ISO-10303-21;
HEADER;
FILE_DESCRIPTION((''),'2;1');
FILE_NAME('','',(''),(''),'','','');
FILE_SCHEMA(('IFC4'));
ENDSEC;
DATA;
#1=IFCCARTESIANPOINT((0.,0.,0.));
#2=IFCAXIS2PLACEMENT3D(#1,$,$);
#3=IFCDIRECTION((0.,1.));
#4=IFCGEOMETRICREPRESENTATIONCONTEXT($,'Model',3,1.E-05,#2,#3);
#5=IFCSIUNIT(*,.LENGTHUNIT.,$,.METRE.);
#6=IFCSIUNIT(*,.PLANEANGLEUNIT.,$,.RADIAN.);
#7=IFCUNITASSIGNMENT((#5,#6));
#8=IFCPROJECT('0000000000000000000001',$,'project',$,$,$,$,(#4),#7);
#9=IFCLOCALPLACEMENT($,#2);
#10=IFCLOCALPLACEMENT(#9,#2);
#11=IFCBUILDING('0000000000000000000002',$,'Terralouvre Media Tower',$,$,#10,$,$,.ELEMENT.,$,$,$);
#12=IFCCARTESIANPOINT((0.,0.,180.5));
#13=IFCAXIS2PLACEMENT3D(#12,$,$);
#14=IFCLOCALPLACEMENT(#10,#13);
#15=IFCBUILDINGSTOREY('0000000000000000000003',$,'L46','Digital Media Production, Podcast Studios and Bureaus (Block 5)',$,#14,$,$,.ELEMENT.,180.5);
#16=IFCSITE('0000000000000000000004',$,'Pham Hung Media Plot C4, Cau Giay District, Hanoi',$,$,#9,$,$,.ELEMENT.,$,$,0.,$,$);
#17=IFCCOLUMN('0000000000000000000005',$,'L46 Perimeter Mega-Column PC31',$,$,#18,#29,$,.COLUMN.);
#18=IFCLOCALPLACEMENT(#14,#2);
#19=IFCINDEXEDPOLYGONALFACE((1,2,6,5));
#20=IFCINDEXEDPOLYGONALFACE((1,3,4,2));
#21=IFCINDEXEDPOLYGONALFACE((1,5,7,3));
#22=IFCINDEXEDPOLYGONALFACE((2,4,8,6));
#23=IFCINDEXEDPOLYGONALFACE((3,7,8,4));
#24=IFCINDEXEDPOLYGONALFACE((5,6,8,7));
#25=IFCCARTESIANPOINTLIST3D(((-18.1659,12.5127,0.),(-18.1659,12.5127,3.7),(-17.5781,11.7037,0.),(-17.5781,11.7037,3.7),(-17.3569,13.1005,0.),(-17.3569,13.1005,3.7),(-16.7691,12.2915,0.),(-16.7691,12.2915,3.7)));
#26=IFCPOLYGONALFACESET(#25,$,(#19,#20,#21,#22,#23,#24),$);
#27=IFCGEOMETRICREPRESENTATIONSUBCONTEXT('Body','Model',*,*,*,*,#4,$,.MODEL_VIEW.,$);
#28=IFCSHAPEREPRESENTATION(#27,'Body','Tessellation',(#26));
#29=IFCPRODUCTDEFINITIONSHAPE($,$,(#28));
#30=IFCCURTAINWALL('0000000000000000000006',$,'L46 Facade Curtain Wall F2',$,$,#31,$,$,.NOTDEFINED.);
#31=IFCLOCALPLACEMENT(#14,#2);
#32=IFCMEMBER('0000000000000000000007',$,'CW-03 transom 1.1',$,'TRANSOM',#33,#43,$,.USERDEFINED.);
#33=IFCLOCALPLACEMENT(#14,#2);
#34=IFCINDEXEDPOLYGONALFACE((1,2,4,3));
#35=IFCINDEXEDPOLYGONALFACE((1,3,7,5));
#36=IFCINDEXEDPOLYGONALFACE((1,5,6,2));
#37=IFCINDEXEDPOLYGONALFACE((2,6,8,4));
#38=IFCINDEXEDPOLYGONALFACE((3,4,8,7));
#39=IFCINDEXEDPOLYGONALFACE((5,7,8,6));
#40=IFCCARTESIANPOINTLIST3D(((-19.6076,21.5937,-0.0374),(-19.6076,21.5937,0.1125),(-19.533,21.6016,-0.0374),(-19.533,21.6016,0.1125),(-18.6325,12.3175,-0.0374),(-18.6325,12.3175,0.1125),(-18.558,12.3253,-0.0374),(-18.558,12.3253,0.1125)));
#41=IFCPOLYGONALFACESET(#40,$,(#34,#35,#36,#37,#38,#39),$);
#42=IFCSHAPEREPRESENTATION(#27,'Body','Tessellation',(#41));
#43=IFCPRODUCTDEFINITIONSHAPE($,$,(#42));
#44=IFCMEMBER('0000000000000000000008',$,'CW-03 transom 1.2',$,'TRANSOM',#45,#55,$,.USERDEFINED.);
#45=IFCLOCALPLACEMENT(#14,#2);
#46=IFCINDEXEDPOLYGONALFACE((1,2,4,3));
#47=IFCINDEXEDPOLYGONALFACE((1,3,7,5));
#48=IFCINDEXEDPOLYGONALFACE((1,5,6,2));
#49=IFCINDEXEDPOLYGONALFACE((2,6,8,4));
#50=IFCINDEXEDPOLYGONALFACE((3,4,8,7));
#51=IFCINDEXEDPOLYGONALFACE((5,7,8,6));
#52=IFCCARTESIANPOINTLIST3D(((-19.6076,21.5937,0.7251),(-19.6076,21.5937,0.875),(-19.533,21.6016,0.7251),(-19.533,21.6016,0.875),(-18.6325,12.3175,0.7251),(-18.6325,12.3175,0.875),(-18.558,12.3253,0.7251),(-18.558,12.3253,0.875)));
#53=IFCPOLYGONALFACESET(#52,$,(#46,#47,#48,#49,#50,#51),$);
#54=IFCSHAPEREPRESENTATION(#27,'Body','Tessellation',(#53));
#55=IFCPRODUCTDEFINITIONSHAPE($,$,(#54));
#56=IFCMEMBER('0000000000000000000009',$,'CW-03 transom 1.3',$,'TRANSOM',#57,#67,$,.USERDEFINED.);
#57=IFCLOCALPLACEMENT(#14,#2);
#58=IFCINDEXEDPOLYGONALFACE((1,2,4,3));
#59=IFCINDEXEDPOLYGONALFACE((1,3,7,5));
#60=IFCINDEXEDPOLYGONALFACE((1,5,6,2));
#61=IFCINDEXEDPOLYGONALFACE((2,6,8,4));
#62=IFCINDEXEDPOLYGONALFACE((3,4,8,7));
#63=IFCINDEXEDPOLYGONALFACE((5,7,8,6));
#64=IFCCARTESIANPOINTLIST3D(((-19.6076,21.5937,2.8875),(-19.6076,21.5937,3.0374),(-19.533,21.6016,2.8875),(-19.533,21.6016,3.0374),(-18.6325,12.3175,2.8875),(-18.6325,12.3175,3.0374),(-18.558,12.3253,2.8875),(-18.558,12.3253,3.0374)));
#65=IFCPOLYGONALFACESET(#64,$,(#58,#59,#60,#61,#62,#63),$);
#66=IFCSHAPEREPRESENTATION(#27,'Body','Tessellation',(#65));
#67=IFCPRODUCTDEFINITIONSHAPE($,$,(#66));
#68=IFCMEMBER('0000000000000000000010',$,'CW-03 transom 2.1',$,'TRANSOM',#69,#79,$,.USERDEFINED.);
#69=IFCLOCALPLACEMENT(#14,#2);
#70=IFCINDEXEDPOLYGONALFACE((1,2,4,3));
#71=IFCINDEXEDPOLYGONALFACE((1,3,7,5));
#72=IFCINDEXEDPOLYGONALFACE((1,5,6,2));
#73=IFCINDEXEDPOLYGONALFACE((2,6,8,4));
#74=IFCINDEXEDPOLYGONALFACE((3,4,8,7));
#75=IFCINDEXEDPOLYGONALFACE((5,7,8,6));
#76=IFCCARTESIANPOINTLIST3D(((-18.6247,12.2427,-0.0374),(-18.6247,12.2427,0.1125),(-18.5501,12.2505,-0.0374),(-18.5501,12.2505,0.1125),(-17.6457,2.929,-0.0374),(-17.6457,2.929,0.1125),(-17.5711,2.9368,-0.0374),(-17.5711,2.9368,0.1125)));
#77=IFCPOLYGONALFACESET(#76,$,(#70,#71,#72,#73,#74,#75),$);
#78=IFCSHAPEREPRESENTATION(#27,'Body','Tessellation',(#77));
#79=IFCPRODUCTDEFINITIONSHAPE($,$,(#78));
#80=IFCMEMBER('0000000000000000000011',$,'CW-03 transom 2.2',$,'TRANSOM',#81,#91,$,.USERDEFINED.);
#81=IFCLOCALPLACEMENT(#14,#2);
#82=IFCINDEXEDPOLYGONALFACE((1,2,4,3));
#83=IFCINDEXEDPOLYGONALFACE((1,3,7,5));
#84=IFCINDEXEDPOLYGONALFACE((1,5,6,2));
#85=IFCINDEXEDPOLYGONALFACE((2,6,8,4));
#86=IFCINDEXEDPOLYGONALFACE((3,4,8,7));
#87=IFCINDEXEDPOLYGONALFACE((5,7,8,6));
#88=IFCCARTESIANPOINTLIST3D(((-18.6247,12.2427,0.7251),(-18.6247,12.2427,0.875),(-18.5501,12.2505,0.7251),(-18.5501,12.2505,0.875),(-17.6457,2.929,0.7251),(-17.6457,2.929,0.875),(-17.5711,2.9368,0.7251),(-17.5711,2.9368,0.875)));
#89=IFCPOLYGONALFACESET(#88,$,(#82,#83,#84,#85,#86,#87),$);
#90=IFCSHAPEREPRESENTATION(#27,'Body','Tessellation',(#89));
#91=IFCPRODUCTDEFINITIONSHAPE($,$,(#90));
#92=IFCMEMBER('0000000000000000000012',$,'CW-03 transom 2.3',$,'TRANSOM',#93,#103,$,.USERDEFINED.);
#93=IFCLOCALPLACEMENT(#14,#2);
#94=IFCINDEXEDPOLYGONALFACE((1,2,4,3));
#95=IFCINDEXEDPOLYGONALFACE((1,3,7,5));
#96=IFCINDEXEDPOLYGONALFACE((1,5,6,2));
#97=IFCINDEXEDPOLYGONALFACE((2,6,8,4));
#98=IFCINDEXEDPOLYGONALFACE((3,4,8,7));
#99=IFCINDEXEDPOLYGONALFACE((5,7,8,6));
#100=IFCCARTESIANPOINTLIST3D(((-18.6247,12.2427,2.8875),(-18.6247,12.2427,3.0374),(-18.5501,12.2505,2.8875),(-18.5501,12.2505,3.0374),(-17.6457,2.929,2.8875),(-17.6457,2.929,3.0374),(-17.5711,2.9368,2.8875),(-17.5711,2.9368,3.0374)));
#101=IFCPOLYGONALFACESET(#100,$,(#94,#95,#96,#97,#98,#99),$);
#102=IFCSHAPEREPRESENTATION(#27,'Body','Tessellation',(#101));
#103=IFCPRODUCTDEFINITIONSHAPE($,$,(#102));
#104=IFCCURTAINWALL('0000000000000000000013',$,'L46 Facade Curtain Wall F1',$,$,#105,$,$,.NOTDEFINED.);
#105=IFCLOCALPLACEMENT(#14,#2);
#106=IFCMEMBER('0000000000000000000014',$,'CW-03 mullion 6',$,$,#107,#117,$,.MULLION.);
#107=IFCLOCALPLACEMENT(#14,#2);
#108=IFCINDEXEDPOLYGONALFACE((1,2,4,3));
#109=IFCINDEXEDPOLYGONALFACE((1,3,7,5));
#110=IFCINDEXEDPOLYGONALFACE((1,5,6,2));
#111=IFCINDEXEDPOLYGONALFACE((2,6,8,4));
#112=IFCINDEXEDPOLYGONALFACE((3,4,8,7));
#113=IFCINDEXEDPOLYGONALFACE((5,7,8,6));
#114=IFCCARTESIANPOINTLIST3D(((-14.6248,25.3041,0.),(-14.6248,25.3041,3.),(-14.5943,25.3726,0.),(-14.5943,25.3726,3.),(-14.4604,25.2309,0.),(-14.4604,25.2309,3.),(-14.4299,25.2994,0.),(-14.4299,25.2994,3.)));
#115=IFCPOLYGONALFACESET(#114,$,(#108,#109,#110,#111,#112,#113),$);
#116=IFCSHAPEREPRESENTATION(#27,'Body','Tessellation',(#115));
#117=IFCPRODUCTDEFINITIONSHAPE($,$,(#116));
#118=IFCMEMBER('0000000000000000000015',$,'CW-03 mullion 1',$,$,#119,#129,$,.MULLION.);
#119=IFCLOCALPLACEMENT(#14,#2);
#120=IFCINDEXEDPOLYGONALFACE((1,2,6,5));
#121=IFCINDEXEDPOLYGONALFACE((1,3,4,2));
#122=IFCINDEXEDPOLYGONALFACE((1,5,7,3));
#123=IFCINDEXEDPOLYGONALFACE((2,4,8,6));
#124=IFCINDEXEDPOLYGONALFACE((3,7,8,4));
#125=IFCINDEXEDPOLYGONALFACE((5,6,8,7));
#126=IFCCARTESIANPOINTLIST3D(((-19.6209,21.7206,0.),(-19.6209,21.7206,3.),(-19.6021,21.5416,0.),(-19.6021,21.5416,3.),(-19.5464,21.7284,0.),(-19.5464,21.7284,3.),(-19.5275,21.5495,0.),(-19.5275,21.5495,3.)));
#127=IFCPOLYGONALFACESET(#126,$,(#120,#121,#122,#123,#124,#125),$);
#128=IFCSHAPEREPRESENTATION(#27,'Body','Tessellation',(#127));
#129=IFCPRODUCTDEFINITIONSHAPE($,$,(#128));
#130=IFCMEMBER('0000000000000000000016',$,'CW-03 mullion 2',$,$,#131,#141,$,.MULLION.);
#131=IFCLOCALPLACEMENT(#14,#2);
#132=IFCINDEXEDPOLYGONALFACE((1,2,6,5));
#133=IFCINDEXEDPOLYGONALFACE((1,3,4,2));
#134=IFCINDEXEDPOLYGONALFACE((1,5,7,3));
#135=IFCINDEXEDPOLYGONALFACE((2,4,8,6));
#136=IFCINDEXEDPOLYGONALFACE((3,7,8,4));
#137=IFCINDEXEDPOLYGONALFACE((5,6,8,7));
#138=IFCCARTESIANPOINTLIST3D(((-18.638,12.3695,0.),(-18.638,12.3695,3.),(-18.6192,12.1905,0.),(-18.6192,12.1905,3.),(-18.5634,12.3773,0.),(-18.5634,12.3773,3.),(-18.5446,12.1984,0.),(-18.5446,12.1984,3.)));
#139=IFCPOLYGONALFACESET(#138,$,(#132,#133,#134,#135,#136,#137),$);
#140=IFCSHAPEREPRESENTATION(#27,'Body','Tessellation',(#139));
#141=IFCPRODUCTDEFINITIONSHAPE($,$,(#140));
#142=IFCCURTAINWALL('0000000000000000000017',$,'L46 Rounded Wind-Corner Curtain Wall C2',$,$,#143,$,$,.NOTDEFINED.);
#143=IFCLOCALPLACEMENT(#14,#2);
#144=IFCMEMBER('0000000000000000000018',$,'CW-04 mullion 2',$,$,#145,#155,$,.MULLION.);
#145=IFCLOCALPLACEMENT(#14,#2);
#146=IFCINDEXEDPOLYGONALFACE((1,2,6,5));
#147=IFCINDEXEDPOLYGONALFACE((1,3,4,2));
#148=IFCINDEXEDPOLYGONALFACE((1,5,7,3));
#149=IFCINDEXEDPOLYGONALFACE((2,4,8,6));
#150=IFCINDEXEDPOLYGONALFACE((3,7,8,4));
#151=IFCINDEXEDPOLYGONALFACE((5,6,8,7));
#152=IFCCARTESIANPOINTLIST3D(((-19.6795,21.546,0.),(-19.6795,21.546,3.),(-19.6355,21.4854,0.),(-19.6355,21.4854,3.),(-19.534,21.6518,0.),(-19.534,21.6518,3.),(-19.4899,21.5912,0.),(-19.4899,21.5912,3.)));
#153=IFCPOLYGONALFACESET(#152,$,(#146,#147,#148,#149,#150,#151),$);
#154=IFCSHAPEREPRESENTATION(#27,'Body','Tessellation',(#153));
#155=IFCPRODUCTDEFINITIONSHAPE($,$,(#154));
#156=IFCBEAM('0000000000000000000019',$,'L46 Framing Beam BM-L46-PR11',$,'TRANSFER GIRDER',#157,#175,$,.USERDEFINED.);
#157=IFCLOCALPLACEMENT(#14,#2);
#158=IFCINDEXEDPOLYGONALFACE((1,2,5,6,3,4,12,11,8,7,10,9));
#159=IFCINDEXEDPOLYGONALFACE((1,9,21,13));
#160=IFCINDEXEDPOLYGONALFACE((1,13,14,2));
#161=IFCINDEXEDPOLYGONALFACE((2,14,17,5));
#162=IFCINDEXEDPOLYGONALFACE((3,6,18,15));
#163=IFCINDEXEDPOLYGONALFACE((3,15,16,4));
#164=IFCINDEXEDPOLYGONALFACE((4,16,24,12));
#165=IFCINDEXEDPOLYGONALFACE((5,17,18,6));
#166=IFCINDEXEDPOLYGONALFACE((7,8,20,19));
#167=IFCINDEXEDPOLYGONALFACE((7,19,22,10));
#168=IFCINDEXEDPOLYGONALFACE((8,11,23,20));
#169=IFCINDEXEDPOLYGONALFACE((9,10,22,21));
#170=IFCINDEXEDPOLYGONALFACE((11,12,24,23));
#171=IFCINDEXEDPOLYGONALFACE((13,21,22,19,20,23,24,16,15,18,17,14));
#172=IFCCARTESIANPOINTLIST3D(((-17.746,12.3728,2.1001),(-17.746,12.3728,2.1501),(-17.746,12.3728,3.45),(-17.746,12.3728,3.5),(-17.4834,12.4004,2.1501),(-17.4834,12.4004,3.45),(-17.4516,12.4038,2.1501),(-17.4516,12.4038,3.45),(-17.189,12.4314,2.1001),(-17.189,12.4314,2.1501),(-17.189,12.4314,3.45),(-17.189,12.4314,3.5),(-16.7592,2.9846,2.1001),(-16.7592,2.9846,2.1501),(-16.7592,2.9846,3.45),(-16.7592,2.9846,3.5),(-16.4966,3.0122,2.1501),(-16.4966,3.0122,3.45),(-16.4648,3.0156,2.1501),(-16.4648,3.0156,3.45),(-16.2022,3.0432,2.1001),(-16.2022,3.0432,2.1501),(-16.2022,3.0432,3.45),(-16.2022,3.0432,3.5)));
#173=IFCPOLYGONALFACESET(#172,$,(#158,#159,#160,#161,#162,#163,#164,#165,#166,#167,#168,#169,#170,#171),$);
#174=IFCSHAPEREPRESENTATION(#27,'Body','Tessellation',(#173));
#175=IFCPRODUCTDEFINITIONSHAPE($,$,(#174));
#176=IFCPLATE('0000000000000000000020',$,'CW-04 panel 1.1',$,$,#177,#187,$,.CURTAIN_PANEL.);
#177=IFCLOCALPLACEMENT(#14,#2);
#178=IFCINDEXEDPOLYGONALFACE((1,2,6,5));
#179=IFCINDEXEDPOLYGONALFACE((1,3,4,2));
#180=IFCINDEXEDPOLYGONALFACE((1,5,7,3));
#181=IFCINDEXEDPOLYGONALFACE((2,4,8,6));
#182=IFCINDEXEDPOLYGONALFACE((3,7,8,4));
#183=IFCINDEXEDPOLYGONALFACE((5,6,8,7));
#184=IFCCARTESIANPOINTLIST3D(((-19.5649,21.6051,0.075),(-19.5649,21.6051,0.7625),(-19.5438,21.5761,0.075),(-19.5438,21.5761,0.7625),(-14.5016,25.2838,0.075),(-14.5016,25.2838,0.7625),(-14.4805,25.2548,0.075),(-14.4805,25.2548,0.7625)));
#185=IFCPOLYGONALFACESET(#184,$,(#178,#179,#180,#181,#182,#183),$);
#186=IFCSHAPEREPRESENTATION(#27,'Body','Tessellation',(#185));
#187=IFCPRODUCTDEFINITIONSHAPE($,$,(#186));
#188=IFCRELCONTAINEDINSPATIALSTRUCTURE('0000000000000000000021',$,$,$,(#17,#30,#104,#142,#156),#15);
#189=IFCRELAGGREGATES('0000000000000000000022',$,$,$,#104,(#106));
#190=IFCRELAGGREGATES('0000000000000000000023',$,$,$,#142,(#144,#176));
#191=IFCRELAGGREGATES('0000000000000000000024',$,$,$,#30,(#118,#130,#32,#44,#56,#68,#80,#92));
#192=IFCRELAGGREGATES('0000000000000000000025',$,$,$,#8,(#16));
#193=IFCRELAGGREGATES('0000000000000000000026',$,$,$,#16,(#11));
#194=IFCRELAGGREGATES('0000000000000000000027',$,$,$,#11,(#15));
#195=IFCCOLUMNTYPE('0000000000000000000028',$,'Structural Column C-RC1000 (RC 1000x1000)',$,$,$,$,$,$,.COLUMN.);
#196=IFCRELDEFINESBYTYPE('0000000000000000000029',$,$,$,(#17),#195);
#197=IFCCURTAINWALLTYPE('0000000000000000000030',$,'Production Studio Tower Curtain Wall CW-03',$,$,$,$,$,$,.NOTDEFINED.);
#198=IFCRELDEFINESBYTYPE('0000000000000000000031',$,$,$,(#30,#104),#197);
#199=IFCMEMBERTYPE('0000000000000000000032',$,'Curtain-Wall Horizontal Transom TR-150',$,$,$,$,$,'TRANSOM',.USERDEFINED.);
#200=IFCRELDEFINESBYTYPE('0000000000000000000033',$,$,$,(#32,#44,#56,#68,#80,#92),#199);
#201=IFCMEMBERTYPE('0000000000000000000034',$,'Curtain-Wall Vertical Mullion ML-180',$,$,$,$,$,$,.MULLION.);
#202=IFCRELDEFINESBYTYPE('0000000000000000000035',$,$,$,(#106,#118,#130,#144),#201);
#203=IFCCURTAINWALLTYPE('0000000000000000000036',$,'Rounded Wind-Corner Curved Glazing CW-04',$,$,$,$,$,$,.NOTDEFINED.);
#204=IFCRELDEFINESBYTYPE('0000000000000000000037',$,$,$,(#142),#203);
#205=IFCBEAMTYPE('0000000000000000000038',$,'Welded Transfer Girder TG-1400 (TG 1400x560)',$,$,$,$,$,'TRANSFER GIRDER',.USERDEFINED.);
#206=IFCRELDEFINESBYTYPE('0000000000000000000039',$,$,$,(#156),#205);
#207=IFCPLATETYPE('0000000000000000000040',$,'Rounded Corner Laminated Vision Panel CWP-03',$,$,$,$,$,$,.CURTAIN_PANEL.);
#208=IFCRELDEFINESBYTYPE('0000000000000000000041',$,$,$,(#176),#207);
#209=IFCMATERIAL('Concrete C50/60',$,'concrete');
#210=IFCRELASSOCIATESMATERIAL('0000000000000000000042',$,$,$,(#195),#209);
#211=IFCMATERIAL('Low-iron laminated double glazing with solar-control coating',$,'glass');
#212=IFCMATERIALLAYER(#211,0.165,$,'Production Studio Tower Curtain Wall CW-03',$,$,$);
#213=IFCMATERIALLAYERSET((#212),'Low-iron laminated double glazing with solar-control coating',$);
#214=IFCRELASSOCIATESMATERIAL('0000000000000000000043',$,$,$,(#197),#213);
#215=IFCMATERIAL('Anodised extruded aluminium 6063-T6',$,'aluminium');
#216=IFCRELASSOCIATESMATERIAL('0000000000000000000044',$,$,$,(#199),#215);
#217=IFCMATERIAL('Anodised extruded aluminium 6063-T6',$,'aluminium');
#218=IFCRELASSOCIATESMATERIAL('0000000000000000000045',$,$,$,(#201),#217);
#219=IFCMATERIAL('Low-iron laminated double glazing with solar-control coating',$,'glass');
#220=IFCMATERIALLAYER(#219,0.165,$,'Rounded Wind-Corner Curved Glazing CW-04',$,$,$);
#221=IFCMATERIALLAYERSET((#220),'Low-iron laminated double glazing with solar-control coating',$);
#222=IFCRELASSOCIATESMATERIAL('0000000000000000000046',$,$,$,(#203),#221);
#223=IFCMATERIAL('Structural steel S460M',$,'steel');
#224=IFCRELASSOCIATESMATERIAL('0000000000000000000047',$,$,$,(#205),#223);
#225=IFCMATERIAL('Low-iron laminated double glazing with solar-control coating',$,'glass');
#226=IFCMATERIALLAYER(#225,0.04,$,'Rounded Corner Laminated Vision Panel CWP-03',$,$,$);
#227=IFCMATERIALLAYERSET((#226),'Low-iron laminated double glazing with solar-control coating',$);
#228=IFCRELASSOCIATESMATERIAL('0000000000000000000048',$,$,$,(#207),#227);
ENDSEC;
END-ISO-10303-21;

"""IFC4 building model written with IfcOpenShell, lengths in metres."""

from ifc_helpers import new_model, si_unit, direction, frame, origin, origin_2d, place, context, subcontext, project, spatial, rectangle, i_section, extrude, material, layer, layer_set, material_profile, profile_set, type_object, element, aggregate, save


model = new_model("IFC4")

# Units and contexts
model_context = context("Model", 3, precision=1e-05, world=origin(), true_north=direction((0.0, 1.0)))
body_context = subcontext(model_context, "Body", "Model", "MODEL_VIEW")
ifc_project = project(units=[si_unit("LENGTHUNIT", "METRE"), si_unit("PLANEANGLEUNIT", "RADIAN")], contexts=[model_context])

# Site, building, storey
site_placement = place(None, origin())
site = spatial("IfcSite", under=ifc_project, at=site_placement, Name="Pham Hung Media Plot C4, Cau Giay District, Hanoi", CompositionType="ELEMENT", RefElevation=0.0)
building_placement = place(site_placement, origin())
building = spatial("IfcBuilding", under=site, at=building_placement, Name="Terralouvre Media Tower", CompositionType="ELEMENT")
storey_placement = place(building_placement, frame((0.0, 0.0, 180.5)))
storey = spatial("IfcBuildingStorey", under=building, at=storey_placement, Name="L46", Description="Digital Media Production, Podcast Studios and Bureaus (Block 5)", CompositionType="ELEMENT", Elevation=180.5)

# Column
ifc_material_1 = material(Name="Concrete C50/60", Category="concrete")
ifc_material_profile_1 = material_profile(ifc_material_1, rectangle(XDim=1.0, YDim=1.0, at=origin_2d()), Name="RC 1000x1000")
ifc_profile_set_1 = profile_set([ifc_material_profile_1], Name="Concrete C50/60")
column_type = type_object("IfcColumnType", Name="Structural Column C-RC1000 (RC 1000x1000)", PredefinedType="COLUMN", material=ifc_profile_set_1)
column_placement = place(storey_placement, frame((-17.4675, 12.4021, 0.0), z_axis=(0.0, 0.0, 1.0), x_axis=(0.809017, 0.587785, 0.0)))
element("IfcColumn", 1, at=column_placement, inside=storey, type_object=column_type, Name="L46 Perimeter Mega-Column PC31", PredefinedType="COLUMN", context=body_context, shape_type="SweptSolid", body=[
    extrude(rectangle(XDim=1.0, YDim=1.0, at=origin_2d()), origin(), (0.0, 0.0, 1.0), 3.7),
])

# Curtain wall, members
ifc_material_2 = material(Name="Low-iron laminated double glazing with solar-control coating", Category="glass")
ifc_layer_1 = layer(ifc_material_2, 0.165, Name="Production Studio Tower Curtain Wall CW-03")
ifc_layer_set_1 = layer_set([ifc_layer_1], Name="Low-iron laminated double glazing with solar-control coating")
curtain_wall_type_1 = type_object("IfcCurtainWallType", Name="Production Studio Tower Curtain Wall CW-03", PredefinedType="NOTDEFINED", material=ifc_layer_set_1)
curtain_wall_1_placement = place(storey_placement, origin())
curtain_wall_1 = element("IfcCurtainWall", 2, at=curtain_wall_1_placement, inside=storey, type_object=curtain_wall_type_1, Name="L46 Facade Curtain Wall F2", PredefinedType="NOTDEFINED")
ifc_material_3 = material(Name="Anodised extruded aluminium 6063-T6", Category="aluminium")
ifc_material_profile_2 = material_profile(ifc_material_3, rectangle(XDim=0.075, YDim=0.1499, at=origin_2d()), Name="ALU 75x150")
ifc_profile_set_2 = profile_set([ifc_material_profile_2], Name="Anodised extruded aluminium 6063-T6")
member_type_1 = type_object("IfcMemberType", Name="Curtain-Wall Horizontal Transom TR-150", ElementType="TRANSOM", PredefinedType="USERDEFINED", material=ifc_profile_set_2)
member_1_placement = place(storey_placement, frame((-19.5703, 21.5977, 0.0376), z_axis=(0.10454, -0.994521, 0.0), x_axis=(0.994521, 0.10454, 0.0)))
member_1 = element("IfcMember", 3, at=member_1_placement, type_object=member_type_1, Name="CW-03 transom 1.1", ObjectType="TRANSOM", PredefinedType="USERDEFINED", context=body_context, shape_type="SweptSolid", body=[
    extrude(rectangle(XDim=0.075, YDim=0.1499, at=origin_2d()), origin(), (0.0, 0.0, 1.0), 9.3274),
])
member_2_placement = place(storey_placement, frame((-19.5703, 21.5977, 0.8), z_axis=(0.10454, -0.994521, 0.0), x_axis=(0.994521, 0.10454, 0.0)))
member_2 = element("IfcMember", 4, at=member_2_placement, type_object=member_type_1, Name="CW-03 transom 1.2", ObjectType="TRANSOM", PredefinedType="USERDEFINED", context=body_context, shape_type="SweptSolid", body=[
    extrude(rectangle(XDim=0.075, YDim=0.1499, at=origin_2d()), origin(), (0.0, 0.0, 1.0), 9.3274),
])
member_3_placement = place(storey_placement, frame((-19.5703, 21.5977, 2.9624), z_axis=(0.10454, -0.994521, 0.0), x_axis=(0.994521, 0.10454, 0.0)))
member_3 = element("IfcMember", 5, at=member_3_placement, type_object=member_type_1, Name="CW-03 transom 1.3", ObjectType="TRANSOM", PredefinedType="USERDEFINED", context=body_context, shape_type="SweptSolid", body=[
    extrude(rectangle(XDim=0.075, YDim=0.1499, at=origin_2d()), origin(), (0.0, 0.0, 1.0), 9.3274),
])
member_4_placement = place(storey_placement, frame((-18.5874, 12.2466, 0.0376), z_axis=(0.104538, -0.994521, 0.0), x_axis=(0.994521, 0.104538, 0.0)))
member_4 = element("IfcMember", 6, at=member_4_placement, type_object=member_type_1, Name="CW-03 transom 2.1", ObjectType="TRANSOM", PredefinedType="USERDEFINED", context=body_context, shape_type="SweptSolid", body=[
    extrude(rectangle(XDim=0.075, YDim=0.1499, at=origin_2d()), origin(), (0.0, 0.0, 1.0), 9.365),
])
member_5_placement = place(storey_placement, frame((-18.5874, 12.2466, 0.8), z_axis=(0.104538, -0.994521, 0.0), x_axis=(0.994521, 0.104538, 0.0)))
member_5 = element("IfcMember", 7, at=member_5_placement, type_object=member_type_1, Name="CW-03 transom 2.2", ObjectType="TRANSOM", PredefinedType="USERDEFINED", context=body_context, shape_type="SweptSolid", body=[
    extrude(rectangle(XDim=0.075, YDim=0.1499, at=origin_2d()), origin(), (0.0, 0.0, 1.0), 9.365),
])
member_6_placement = place(storey_placement, frame((-18.5874, 12.2466, 2.9624), z_axis=(0.104538, -0.994521, 0.0), x_axis=(0.994521, 0.104538, 0.0)))
member_6 = element("IfcMember", 8, at=member_6_placement, type_object=member_type_1, Name="CW-03 transom 2.3", ObjectType="TRANSOM", PredefinedType="USERDEFINED", context=body_context, shape_type="SweptSolid", body=[
    extrude(rectangle(XDim=0.075, YDim=0.1499, at=origin_2d()), origin(), (0.0, 0.0, 1.0), 9.365),
])

# Curtain wall, member
curtain_wall_2_placement = place(storey_placement, origin())
curtain_wall_2 = element("IfcCurtainWall", 9, at=curtain_wall_2_placement, inside=storey, type_object=curtain_wall_type_1, Name="L46 Facade Curtain Wall F1", PredefinedType="NOTDEFINED")
ifc_material_4 = material(Name="Anodised extruded aluminium 6063-T6", Category="aluminium")
ifc_material_profile_3 = material_profile(ifc_material_4, rectangle(XDim=0.075, YDim=0.1799, at=origin_2d()), Name="ALU 75x180")
ifc_profile_set_3 = profile_set([ifc_material_profile_3], Name="Anodised extruded aluminium 6063-T6")
member_type_2 = type_object("IfcMemberType", Name="Curtain-Wall Vertical Mullion ML-180", PredefinedType="MULLION", material=ifc_profile_set_3)
member_7_placement = place(storey_placement, frame((-14.5273, 25.3018, 0.0), z_axis=(0.0, 0.0, 1.0), x_axis=(-0.406737, -0.913545, 0.0)))
member_7 = element("IfcMember", 10, at=member_7_placement, type_object=member_type_2, Name="CW-03 mullion 6", PredefinedType="MULLION", context=body_context, shape_type="SweptSolid", body=[
    extrude(rectangle(XDim=0.075, YDim=0.1799, at=origin_2d()), origin(), (0.0, 0.0, 1.0), 3.0),
])
aggregate(curtain_wall_2, [member_7])

# Members
member_8_placement = place(storey_placement, frame((-19.5742, 21.635, 0.0), z_axis=(0.0, 0.0, 1.0), x_axis=(0.994522, 0.104528, 0.0)))
member_8 = element("IfcMember", 11, at=member_8_placement, type_object=member_type_2, Name="CW-03 mullion 1", PredefinedType="MULLION", context=body_context, shape_type="SweptSolid", body=[
    extrude(rectangle(XDim=0.075, YDim=0.1799, at=origin_2d()), origin(), (0.0, 0.0, 1.0), 3.0),
])
member_9_placement = place(storey_placement, frame((-18.5913, 12.2839, 0.0), z_axis=(0.0, 0.0, 1.0), x_axis=(0.994522, 0.104528, 0.0)))
member_9 = element("IfcMember", 12, at=member_9_placement, type_object=member_type_2, Name="CW-03 mullion 2", PredefinedType="MULLION", context=body_context, shape_type="SweptSolid", body=[
    extrude(rectangle(XDim=0.075, YDim=0.1799, at=origin_2d()), origin(), (0.0, 0.0, 1.0), 3.0),
])

# Curtain wall, member
ifc_material_5 = material(Name="Low-iron laminated double glazing with solar-control coating", Category="glass")
ifc_layer_2 = layer(ifc_material_5, 0.165, Name="Rounded Wind-Corner Curved Glazing CW-04")
ifc_layer_set_2 = layer_set([ifc_layer_2], Name="Low-iron laminated double glazing with solar-control coating")
curtain_wall_type_2 = type_object("IfcCurtainWallType", Name="Rounded Wind-Corner Curved Glazing CW-04", PredefinedType="NOTDEFINED", material=ifc_layer_set_2)
curtain_wall_3_placement = place(storey_placement, origin())
curtain_wall_3 = element("IfcCurtainWall", 13, at=curtain_wall_3_placement, inside=storey, type_object=curtain_wall_type_2, Name="L46 Rounded Wind-Corner Curtain Wall C2", PredefinedType="NOTDEFINED")
member_10_placement = place(storey_placement, frame((-19.5847, 21.5686, 0.0), z_axis=(0.0, 0.0, 1.0), x_axis=(0.587785, -0.809017, 0.0)))
member_10 = element("IfcMember", 14, at=member_10_placement, type_object=member_type_2, Name="CW-04 mullion 2", PredefinedType="MULLION", context=body_context, shape_type="SweptSolid", body=[
    extrude(rectangle(XDim=0.075, YDim=0.1799, at=origin_2d()), origin(), (0.0, 0.0, 1.0), 3.0),
])

# Beam
ifc_material_6 = material(Name="Structural steel S460M", Category="steel")
ifc_material_profile_4 = material_profile(ifc_material_6, i_section(OverallWidth=0.5601, OverallDepth=1.3999, WebThickness=0.032, FlangeThickness=0.05, at=origin_2d()), Name="TG 1400x560")
ifc_profile_set_4 = profile_set([ifc_material_profile_4], Name="Structural steel S460M")
beam_type = type_object("IfcBeamType", Name="Welded Transfer Girder TG-1400 (TG 1400x560)", ElementType="TRANSFER GIRDER", PredefinedType="USERDEFINED", material=ifc_profile_set_4)
beam_placement = place(storey_placement, frame((-17.4675, 12.4021, 2.8), z_axis=(0.104537, -0.994521, 0.0), x_axis=(0.994521, 0.104537, 0.0)))
element("IfcBeam", 15, at=beam_placement, inside=storey, type_object=beam_type, Name="L46 Framing Beam BM-L46-PR11", ObjectType="TRANSFER GIRDER", PredefinedType="USERDEFINED", context=body_context, shape_type="SweptSolid", body=[
    extrude(i_section(OverallWidth=0.5601, OverallDepth=1.3999, WebThickness=0.032, FlangeThickness=0.05, at=origin_2d()), origin(), (0.0, 0.0, 1.0), 9.4399),
])

# Plate
ifc_material_7 = material(Name="Low-iron laminated double glazing with solar-control coating", Category="glass")
ifc_layer_3 = layer(ifc_material_7, 0.04, Name="Rounded Corner Laminated Vision Panel CWP-03")
ifc_layer_set_3 = layer_set([ifc_layer_3], Name="Low-iron laminated double glazing with solar-control coating")
plate_type_1 = type_object("IfcPlateType", Name="Rounded Corner Laminated Vision Panel CWP-03", PredefinedType="CURTAIN_PANEL", material=ifc_layer_set_3)
plate_1_placement = place(storey_placement, frame((-17.0227, 23.4299, 0.075), z_axis=(0.0, 0.0, 1.0), x_axis=(-0.809017, -0.587785, 0.0)))
plate_1 = element("IfcPlate", 16, at=plate_1_placement, type_object=plate_type_1, Name="CW-04 panel 1.1", PredefinedType="CURTAIN_PANEL", context=body_context, shape_type="SweptSolid", body=[
    extrude(rectangle(XDim=6.2585, YDim=0.0359, at=origin_2d()), origin(), (0.0, 0.0, 1.0), 0.6875),
])
aggregate(curtain_wall_3, [member_10, plate_1])
aggregate(curtain_wall_1, [member_8, member_9, member_1, member_2, member_3, member_4, member_5, member_6])

save(model, "model.ifc")
